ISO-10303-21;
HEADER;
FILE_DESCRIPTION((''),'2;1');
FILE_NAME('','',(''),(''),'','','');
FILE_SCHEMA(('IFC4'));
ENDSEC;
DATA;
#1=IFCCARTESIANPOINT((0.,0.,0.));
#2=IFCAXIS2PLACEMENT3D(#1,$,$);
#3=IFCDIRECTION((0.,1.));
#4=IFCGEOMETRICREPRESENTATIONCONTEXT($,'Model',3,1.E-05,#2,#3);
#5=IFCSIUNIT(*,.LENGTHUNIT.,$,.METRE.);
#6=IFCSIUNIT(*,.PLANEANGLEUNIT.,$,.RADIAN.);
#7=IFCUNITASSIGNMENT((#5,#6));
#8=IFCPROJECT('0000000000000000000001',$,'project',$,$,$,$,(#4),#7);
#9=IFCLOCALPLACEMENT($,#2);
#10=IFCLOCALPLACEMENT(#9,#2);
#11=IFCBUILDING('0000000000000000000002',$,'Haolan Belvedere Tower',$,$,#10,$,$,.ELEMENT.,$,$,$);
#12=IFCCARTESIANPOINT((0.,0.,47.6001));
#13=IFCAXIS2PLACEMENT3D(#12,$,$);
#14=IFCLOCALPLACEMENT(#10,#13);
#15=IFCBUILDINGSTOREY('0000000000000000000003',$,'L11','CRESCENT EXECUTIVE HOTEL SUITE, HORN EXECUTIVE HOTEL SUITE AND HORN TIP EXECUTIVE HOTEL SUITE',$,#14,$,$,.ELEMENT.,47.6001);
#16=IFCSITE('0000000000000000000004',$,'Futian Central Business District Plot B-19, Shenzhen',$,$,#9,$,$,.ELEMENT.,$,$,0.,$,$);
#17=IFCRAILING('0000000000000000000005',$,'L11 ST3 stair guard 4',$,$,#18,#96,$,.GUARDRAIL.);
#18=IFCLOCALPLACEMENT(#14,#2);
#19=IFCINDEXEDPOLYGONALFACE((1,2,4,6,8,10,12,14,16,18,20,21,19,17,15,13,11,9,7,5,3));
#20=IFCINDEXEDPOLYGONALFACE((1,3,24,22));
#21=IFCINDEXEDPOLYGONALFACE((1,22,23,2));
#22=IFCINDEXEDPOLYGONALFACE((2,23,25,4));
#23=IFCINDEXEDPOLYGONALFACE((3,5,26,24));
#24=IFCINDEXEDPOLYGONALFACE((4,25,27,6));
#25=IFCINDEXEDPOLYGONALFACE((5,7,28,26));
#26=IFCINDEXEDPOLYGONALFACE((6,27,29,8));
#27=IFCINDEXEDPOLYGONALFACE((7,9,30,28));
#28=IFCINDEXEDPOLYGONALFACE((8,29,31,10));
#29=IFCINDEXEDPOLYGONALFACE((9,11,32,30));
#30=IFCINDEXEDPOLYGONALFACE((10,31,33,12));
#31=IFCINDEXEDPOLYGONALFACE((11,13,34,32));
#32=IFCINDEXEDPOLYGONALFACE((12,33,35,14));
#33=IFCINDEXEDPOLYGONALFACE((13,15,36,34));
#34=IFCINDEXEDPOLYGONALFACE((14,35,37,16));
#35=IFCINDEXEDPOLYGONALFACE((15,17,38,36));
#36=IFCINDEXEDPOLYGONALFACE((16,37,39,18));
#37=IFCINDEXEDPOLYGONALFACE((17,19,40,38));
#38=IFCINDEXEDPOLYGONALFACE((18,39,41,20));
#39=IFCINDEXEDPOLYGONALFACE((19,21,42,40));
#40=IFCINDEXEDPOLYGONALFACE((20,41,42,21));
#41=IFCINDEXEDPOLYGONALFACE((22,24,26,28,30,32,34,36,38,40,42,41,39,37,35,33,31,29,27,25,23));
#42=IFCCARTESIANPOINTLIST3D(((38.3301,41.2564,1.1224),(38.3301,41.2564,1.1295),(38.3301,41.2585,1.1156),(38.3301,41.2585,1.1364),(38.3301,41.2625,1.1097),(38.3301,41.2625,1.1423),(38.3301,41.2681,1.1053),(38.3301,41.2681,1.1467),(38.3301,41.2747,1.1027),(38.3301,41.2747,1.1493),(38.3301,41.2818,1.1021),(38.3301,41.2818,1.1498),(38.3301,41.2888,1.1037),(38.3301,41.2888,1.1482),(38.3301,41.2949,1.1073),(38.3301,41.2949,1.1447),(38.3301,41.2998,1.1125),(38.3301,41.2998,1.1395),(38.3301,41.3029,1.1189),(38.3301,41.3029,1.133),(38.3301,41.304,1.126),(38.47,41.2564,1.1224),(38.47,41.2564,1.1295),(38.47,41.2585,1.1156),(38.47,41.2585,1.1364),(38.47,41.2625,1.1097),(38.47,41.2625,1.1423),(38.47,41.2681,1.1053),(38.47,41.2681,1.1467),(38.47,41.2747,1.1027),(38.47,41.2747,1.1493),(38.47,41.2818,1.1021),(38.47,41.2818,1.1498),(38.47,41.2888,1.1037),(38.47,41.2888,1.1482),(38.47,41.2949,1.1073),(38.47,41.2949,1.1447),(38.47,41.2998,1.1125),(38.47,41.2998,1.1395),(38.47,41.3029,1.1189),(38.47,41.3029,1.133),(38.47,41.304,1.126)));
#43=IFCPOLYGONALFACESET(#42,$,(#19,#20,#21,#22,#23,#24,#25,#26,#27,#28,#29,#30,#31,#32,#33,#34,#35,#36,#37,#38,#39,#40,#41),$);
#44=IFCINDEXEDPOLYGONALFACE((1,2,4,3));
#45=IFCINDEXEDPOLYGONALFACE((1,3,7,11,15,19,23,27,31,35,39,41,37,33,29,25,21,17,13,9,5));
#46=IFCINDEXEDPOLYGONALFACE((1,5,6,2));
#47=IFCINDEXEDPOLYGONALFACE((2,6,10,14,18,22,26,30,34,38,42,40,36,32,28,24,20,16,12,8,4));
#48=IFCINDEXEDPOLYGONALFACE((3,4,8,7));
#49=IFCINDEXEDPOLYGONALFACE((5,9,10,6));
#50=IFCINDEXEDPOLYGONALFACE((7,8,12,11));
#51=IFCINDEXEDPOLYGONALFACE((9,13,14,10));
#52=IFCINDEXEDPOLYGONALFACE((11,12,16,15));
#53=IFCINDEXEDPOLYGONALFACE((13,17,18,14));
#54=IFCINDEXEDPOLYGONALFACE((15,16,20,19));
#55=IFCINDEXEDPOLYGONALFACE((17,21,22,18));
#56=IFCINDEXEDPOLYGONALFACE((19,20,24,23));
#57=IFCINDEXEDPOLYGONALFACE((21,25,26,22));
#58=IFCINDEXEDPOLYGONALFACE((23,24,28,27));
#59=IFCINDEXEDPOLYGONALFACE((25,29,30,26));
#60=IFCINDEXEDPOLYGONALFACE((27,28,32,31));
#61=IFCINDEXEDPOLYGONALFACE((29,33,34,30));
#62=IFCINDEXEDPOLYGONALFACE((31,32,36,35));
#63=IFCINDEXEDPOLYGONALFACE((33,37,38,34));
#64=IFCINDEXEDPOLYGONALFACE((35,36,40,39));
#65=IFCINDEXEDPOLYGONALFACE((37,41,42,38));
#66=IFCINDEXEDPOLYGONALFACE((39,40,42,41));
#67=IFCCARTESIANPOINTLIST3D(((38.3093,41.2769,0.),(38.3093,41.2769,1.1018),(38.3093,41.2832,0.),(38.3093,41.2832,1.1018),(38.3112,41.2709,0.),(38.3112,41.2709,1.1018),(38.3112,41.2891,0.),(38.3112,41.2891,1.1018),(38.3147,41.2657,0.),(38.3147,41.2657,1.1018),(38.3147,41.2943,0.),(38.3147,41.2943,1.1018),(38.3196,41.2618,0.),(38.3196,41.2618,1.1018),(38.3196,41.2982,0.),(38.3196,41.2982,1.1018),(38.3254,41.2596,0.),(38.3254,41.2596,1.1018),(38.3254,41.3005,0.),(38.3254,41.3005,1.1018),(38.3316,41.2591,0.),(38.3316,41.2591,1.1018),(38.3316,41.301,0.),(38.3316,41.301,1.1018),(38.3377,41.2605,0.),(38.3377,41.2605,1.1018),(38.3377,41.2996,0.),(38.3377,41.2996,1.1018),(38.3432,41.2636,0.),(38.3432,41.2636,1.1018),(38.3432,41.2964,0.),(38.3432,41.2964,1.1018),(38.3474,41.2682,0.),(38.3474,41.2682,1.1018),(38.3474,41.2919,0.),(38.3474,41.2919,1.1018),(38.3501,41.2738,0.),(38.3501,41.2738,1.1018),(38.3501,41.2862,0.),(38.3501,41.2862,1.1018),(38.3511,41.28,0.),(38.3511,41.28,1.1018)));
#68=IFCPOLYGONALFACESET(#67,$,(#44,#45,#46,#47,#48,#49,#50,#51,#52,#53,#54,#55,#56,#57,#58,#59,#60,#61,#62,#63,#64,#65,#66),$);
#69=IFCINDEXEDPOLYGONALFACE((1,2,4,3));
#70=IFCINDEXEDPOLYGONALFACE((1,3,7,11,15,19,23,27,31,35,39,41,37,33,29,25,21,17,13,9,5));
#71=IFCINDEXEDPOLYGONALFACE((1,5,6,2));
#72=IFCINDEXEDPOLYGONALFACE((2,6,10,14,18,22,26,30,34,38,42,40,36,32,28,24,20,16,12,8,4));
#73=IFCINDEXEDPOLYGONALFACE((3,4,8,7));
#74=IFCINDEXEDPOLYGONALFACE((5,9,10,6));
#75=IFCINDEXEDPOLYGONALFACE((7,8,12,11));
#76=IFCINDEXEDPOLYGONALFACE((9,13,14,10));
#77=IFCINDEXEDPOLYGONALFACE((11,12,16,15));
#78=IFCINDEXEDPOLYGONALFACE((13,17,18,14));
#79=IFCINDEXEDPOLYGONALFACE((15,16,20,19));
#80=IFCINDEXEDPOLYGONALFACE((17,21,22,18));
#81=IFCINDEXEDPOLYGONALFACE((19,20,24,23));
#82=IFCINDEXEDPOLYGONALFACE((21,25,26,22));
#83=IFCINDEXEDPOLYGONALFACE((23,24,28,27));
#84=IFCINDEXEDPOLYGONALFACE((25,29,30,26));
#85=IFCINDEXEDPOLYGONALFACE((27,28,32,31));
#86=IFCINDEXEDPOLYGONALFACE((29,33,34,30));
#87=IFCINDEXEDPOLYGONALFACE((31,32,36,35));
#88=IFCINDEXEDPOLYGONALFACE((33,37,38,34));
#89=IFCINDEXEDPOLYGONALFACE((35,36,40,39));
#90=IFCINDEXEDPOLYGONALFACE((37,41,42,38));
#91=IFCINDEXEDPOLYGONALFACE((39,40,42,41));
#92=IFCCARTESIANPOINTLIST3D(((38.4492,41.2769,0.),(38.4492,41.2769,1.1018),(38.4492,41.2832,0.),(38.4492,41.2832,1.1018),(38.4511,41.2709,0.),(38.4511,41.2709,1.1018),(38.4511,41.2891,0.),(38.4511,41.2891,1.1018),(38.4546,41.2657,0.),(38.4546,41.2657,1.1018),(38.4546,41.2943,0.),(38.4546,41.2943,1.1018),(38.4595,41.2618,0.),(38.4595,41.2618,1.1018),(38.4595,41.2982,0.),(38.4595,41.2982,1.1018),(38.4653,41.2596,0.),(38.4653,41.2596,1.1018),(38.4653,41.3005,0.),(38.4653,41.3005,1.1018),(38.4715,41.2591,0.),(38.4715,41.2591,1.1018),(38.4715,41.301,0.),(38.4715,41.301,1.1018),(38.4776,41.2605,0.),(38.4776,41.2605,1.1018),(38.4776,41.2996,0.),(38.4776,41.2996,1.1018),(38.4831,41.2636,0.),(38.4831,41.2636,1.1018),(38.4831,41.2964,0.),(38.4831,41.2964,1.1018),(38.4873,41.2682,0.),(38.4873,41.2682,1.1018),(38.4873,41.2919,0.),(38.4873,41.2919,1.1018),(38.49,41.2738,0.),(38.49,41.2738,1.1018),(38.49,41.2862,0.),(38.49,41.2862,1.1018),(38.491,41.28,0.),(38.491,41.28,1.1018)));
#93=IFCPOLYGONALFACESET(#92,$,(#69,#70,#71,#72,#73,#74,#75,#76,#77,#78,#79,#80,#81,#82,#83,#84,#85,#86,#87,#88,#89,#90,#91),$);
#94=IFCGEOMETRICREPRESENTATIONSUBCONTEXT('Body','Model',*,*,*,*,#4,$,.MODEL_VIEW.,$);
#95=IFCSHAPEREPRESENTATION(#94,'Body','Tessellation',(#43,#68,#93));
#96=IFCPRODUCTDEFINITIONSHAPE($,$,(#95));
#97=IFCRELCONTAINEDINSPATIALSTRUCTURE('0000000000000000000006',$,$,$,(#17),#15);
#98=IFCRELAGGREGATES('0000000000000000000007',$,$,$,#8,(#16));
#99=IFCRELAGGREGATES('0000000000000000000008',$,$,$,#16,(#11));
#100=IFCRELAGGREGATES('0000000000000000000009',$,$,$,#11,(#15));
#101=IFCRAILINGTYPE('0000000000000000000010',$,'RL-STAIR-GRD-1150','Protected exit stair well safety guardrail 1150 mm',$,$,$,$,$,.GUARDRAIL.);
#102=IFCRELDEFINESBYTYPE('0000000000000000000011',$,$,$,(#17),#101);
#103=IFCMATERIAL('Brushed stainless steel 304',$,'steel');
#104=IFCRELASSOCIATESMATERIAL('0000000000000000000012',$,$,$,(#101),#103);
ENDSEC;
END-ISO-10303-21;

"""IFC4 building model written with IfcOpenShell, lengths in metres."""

from ifc_helpers import new_model, si_unit, direction, frame, origin, origin_2d, place, context, subcontext, project, spatial, circle, extrude, material, type_object, element, save


model = new_model("IFC4")

# Units and contexts
model_context = context("Model", 3, precision=1e-05, world=origin(), true_north=direction((0.0, 1.0)))
body_context = subcontext(model_context, "Body", "Model", "MODEL_VIEW")
ifc_project = project(units=[si_unit("LENGTHUNIT", "METRE"), si_unit("PLANEANGLEUNIT", "RADIAN")], contexts=[model_context])

# Site, building, storey
site_placement = place(None, origin())
site = spatial("IfcSite", under=ifc_project, at=site_placement, Name="Futian Central Business District Plot B-19, Shenzhen", CompositionType="ELEMENT", RefElevation=0.0)
building_placement = place(site_placement, origin())
building = spatial("IfcBuilding", under=site, at=building_placement, Name="Haolan Belvedere Tower", CompositionType="ELEMENT")
storey_placement = place(building_placement, frame((0.0, 0.0, 47.6001)))
storey = spatial("IfcBuildingStorey", under=building, at=storey_placement, Name="L11", Description="CRESCENT EXECUTIVE HOTEL SUITE, HORN EXECUTIVE HOTEL SUITE AND HORN TIP EXECUTIVE HOTEL SUITE", CompositionType="ELEMENT", Elevation=47.6001)

# Railing
ifc_material_1 = material(Name="Brushed stainless steel 304", Category="steel")
railing_type_1 = type_object("IfcRailingType", Name="RL-STAIR-GRD-1150", Description="Protected exit stair well safety guardrail 1150 mm", PredefinedType="GUARDRAIL", material=ifc_material_1)
railing_1_placement = place(storey_placement, frame((38.3301, 41.28, 0.0)))
element("IfcRailing", 1, at=railing_1_placement, inside=storey, type_object=railing_type_1, Name="L11 ST3 stair guard 4", PredefinedType="GUARDRAIL", context=body_context, shape_type="SweptSolid", body=[
    extrude(circle(Radius=0.0239, at=origin_2d()), frame((0.0, 0.0, 1.126), z_axis=(1.0, 0.0, 0.0), x_axis=(0.0, 1.0, 0.0)), (0.0, 0.0, 1.0), 0.1399),
    extrude(circle(Radius=0.021, at=origin_2d()), origin(), (0.0, 0.0, 1.0), 1.1018),
    extrude(circle(Radius=0.021, at=origin_2d()), frame((0.1399, 0.0, 0.0)), (0.0, 0.0, 1.0), 1.1018),
])

save(model, "model.ifc")
